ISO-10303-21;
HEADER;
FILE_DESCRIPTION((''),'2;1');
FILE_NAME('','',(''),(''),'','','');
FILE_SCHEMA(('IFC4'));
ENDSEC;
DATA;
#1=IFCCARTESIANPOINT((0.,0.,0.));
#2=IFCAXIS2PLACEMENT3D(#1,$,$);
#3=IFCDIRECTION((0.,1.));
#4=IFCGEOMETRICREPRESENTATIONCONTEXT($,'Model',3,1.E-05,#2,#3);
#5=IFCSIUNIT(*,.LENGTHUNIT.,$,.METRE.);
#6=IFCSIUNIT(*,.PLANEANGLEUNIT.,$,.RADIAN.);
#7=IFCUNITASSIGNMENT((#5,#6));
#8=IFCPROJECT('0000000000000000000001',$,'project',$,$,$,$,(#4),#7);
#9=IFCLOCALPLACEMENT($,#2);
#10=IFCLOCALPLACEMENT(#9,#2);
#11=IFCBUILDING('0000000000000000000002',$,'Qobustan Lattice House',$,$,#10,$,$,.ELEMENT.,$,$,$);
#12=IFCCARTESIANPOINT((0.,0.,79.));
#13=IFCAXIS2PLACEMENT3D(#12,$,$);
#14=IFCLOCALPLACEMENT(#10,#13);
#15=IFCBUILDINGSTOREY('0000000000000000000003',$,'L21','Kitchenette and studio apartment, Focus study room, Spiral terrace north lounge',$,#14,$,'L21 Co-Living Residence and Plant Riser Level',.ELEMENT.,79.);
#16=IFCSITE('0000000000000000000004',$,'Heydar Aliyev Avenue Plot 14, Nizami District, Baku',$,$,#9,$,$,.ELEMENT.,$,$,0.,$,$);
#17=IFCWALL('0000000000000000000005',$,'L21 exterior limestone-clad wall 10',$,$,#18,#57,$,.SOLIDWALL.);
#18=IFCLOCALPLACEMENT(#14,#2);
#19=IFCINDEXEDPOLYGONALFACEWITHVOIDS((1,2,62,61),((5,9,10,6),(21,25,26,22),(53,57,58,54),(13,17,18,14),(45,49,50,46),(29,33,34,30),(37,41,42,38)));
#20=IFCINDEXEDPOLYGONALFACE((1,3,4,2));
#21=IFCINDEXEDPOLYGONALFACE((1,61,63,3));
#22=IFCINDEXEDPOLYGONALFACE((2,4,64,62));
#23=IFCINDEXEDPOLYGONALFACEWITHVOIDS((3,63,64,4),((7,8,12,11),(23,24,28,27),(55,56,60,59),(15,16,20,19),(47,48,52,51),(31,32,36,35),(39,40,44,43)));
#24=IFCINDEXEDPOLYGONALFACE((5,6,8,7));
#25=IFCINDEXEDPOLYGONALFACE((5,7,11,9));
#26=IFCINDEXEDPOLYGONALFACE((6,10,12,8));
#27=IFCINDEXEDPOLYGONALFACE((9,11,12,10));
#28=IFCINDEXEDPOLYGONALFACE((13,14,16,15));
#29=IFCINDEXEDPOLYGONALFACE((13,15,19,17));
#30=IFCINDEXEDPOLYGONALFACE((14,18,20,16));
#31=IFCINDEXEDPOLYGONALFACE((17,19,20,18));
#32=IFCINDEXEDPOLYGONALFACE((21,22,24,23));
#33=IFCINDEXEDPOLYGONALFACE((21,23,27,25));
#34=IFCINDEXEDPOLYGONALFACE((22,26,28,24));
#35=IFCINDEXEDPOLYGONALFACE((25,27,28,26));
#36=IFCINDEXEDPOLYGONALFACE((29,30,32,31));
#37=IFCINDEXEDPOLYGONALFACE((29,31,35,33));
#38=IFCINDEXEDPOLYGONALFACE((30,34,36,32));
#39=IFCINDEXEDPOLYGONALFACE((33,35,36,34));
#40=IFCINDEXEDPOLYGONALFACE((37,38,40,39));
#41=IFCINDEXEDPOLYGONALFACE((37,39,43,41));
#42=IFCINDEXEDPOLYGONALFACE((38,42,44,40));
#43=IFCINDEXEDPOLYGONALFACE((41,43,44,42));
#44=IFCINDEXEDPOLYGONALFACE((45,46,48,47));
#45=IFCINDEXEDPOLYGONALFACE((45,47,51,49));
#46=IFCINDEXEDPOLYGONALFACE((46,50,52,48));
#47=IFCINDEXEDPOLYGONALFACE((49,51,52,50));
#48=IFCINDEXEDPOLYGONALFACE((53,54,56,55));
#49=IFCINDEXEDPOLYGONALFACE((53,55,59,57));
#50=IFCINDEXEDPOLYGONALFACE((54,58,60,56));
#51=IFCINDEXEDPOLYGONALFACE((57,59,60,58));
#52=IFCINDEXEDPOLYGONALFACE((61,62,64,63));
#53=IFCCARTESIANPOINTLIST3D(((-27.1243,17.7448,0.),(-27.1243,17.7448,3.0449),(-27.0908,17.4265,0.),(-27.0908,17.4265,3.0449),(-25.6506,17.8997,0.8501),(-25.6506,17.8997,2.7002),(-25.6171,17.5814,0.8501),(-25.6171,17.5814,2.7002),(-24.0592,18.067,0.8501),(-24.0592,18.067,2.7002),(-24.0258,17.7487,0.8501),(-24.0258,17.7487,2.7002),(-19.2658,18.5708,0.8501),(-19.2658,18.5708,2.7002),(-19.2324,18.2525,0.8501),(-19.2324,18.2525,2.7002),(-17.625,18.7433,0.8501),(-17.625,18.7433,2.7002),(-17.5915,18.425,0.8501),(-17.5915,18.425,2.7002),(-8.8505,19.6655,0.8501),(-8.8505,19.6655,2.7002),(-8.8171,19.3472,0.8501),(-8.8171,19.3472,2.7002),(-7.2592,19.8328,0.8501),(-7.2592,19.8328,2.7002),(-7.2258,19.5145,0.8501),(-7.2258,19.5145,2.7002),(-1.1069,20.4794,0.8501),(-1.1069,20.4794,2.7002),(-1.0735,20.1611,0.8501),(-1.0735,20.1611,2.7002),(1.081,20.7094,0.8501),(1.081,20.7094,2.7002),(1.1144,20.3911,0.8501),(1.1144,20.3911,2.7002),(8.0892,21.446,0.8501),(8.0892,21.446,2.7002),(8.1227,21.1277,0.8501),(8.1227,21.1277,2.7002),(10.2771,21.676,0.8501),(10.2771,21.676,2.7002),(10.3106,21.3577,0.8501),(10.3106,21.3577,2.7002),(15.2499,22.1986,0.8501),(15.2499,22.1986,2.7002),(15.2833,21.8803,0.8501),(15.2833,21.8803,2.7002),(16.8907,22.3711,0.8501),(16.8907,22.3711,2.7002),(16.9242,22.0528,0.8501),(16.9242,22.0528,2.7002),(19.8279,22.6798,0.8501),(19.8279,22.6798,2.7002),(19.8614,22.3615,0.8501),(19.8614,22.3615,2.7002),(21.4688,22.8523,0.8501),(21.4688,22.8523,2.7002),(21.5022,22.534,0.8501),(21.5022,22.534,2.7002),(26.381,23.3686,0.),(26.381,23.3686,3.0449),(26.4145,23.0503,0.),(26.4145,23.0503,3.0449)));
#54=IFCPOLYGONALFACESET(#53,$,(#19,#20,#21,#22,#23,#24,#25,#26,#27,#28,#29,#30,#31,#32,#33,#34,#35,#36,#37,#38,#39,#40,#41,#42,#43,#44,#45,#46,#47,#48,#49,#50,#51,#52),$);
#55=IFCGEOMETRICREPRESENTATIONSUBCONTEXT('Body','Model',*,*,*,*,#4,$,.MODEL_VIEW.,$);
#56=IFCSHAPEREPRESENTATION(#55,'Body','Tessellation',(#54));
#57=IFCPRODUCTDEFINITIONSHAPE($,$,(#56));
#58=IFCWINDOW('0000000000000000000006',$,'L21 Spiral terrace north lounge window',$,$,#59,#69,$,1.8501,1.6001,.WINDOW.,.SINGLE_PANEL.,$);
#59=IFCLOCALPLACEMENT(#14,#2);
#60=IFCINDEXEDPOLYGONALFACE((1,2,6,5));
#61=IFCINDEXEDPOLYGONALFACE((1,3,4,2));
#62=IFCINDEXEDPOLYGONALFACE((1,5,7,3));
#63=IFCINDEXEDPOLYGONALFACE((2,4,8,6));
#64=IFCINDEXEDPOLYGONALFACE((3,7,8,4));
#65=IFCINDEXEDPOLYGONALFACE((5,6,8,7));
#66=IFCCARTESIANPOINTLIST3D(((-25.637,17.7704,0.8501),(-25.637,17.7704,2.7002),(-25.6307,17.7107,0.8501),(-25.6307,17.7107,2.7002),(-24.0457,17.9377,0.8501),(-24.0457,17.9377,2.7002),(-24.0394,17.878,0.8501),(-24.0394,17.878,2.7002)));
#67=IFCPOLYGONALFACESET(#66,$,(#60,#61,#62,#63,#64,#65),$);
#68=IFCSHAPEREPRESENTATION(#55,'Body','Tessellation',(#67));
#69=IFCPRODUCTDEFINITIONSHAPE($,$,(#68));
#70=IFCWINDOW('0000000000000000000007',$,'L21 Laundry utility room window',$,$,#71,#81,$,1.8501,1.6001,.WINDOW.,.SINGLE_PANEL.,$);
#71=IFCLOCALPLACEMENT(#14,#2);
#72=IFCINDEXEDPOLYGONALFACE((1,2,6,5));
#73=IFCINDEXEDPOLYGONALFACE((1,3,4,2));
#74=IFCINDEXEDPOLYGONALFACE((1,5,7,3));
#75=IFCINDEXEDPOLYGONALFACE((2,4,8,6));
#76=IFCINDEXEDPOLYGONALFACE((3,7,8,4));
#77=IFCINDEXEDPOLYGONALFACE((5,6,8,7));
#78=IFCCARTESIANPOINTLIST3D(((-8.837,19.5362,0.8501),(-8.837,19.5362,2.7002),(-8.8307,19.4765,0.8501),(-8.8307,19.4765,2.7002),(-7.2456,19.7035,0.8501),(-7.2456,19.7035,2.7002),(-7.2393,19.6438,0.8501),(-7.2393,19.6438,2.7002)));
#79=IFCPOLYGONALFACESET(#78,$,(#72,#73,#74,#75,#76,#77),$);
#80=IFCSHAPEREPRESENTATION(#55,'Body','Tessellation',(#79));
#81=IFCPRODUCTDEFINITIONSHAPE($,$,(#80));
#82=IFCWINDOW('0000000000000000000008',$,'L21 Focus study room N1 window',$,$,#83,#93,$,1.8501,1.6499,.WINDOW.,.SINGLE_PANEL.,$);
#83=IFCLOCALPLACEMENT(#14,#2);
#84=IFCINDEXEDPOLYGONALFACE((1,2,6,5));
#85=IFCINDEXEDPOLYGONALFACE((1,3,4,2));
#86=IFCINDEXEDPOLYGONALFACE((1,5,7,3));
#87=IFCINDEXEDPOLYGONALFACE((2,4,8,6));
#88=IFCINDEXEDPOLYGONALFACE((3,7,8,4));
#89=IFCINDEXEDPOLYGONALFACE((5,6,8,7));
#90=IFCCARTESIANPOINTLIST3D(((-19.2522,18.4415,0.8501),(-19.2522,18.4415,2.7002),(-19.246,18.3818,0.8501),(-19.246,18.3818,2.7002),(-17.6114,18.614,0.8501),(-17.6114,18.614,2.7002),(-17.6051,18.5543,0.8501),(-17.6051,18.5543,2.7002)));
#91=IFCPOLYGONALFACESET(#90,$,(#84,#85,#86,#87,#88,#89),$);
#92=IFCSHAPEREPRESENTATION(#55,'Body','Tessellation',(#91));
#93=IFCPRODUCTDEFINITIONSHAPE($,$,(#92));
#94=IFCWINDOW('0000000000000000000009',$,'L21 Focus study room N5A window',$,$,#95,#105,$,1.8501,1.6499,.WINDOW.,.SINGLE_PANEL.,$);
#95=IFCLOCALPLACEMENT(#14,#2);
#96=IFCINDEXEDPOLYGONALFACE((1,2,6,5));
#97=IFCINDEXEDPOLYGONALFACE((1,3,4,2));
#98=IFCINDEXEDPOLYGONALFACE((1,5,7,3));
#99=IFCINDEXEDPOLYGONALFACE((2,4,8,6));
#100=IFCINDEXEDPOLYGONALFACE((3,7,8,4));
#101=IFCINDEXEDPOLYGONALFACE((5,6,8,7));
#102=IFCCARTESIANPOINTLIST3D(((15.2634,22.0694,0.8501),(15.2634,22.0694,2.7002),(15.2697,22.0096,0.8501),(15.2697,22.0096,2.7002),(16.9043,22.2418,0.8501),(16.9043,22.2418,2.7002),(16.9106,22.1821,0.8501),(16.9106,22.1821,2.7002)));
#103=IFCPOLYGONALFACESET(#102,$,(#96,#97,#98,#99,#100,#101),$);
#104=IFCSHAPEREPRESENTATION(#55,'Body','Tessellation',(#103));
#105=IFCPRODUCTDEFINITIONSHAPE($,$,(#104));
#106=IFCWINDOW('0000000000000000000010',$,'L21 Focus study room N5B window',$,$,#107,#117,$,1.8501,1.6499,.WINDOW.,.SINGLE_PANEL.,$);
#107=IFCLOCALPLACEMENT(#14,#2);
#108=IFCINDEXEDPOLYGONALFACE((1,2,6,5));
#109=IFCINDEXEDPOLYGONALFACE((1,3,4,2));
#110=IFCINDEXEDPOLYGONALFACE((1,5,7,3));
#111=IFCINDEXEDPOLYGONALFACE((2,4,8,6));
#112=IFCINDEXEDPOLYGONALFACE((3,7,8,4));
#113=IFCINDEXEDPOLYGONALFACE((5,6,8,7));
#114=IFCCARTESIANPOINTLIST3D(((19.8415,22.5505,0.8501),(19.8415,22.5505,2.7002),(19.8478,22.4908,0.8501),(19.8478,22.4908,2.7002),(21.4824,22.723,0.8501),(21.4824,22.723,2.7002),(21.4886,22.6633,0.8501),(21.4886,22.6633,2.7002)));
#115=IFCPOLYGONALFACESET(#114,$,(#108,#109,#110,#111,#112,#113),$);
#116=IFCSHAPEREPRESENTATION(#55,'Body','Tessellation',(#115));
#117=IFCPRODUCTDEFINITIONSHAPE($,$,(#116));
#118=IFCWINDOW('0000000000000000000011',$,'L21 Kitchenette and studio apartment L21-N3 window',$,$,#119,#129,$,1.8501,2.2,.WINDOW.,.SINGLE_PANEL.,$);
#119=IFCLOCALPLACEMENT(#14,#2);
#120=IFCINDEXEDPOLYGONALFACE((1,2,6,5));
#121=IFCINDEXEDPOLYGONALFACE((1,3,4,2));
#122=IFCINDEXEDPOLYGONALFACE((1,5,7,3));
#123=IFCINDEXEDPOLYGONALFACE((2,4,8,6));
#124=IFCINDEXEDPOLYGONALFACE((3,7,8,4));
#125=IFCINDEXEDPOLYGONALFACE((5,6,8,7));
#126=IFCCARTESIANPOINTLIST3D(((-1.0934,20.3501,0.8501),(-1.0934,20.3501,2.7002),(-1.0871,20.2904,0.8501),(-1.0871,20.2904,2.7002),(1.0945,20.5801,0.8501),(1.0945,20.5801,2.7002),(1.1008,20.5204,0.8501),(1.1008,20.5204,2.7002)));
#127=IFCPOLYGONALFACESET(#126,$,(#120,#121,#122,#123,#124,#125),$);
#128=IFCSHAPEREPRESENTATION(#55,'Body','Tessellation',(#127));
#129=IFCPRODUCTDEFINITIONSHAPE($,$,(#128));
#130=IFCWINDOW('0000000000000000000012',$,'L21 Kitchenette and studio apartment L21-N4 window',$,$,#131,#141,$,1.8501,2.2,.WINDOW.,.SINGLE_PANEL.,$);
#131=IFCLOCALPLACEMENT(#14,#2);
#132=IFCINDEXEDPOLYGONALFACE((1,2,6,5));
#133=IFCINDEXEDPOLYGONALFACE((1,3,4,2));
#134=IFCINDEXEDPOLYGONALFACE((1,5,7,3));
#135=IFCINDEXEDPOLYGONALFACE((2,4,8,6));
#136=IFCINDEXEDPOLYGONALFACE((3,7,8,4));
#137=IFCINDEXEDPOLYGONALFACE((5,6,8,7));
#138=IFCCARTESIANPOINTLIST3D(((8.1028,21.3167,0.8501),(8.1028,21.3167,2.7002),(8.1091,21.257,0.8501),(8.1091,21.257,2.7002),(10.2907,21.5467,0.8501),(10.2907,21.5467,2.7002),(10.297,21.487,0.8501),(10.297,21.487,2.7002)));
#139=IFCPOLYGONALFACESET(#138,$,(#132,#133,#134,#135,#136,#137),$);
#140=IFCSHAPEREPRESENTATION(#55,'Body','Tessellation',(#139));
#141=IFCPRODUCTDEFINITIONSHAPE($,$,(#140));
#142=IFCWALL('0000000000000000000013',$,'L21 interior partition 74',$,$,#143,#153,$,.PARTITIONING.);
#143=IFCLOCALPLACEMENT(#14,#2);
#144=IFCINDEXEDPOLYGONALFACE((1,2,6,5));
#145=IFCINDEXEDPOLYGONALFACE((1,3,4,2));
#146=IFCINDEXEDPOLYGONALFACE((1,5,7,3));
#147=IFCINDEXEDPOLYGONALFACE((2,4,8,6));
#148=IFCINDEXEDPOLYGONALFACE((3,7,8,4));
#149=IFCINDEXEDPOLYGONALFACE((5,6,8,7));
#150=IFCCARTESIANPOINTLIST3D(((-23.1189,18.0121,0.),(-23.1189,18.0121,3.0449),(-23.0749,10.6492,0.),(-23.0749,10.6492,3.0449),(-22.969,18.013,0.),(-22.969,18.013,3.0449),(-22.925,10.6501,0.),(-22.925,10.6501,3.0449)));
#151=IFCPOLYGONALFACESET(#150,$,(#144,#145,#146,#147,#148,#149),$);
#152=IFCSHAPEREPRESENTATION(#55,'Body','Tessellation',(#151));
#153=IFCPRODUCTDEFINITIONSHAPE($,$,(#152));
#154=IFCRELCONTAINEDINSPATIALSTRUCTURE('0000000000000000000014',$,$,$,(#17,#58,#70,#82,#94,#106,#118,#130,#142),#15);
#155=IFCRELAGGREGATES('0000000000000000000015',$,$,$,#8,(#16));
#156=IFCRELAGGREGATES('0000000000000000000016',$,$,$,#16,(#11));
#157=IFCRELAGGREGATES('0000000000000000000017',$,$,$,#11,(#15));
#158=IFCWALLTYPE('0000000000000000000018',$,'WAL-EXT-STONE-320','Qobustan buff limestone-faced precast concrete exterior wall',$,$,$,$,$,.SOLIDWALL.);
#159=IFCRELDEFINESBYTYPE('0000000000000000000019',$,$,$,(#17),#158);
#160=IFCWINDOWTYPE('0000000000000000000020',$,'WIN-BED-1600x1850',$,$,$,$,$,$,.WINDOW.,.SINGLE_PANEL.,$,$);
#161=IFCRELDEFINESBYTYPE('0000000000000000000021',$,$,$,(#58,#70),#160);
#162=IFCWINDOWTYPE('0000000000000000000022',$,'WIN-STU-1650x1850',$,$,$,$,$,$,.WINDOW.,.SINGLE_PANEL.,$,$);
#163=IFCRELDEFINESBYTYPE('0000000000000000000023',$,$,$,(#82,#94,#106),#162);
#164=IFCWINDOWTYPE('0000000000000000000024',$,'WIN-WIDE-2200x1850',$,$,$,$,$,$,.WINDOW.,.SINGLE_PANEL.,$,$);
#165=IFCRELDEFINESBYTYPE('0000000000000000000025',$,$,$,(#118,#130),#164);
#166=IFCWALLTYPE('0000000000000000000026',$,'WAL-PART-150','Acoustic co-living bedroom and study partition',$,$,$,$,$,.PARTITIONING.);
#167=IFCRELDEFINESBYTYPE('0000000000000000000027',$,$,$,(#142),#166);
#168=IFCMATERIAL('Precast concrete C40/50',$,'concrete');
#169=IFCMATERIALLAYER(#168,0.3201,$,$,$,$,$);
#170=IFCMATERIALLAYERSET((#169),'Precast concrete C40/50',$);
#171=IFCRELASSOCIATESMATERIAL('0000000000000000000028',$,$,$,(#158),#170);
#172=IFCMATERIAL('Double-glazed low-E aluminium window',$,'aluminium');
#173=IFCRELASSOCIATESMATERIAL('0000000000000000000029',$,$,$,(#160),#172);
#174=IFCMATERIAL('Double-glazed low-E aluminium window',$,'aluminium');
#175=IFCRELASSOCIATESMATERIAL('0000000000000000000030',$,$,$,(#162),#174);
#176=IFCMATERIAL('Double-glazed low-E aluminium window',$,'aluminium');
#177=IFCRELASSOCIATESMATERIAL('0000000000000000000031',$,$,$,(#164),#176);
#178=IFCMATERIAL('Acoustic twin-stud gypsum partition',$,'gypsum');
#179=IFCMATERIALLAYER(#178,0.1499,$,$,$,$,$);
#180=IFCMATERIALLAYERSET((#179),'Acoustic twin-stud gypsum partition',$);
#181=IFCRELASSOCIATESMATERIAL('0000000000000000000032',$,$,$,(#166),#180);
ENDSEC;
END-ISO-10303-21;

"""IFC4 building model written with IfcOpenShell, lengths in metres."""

from ifc_helpers import new_model, si_unit, direction, frame, frame_2d, origin, place, context, subcontext, project, spatial, rectangle, extrude, material, layer, layer_set, type_object, element, fill, save


model = new_model("IFC4")

# Units and contexts
model_context = context("Model", 3, precision=1e-05, world=origin(), true_north=direction((0.0, 1.0)))
body_context = subcontext(model_context, "Body", "Model", "MODEL_VIEW")
ifc_project = project(units=[si_unit("LENGTHUNIT", "METRE"), si_unit("PLANEANGLEUNIT", "RADIAN")], contexts=[model_context])

# Site, building, storey
site_placement = place(None, origin())
site = spatial("IfcSite", under=ifc_project, at=site_placement, Name="Heydar Aliyev Avenue Plot 14, Nizami District, Baku", CompositionType="ELEMENT", RefElevation=0.0)
building_placement = place(site_placement, origin())
building = spatial("IfcBuilding", under=site, at=building_placement, Name="Qobustan Lattice House", CompositionType="ELEMENT")
storey_placement = place(building_placement, frame((0.0, 0.0, 79.0)))
storey = spatial("IfcBuildingStorey", under=building, at=storey_placement, Name="L21", Description="Kitchenette and studio apartment, Focus study room, Spiral terrace north lounge", LongName="L21 Co-Living Residence and Plant Riser Level", CompositionType="ELEMENT", Elevation=79.0)

# Shared definitions
ifc_material_1 = material(Name="Precast concrete C40/50", Category="concrete")
ifc_layer_1 = layer(ifc_material_1, 0.3201)
ifc_layer_set_1 = layer_set([ifc_layer_1], Name="Precast concrete C40/50")
wall_type_1 = type_object("IfcWallType", Name="WAL-EXT-STONE-320", Description="Qobustan buff limestone-faced precast concrete exterior wall", PredefinedType="SOLIDWALL", material=ifc_layer_set_1)

# Wall, openings, windows
wall_1_placement = place(storey_placement, frame((-27.1074, 17.5857, 0.0), z_axis=(0.0, 0.0, 1.0), x_axis=(0.994522, 0.104531, 0.0)))
wall_1 = element("IfcWall", 1, at=wall_1_placement, inside=storey, type_object=wall_type_1, Name="L21 exterior limestone-clad wall 10", PredefinedType="SOLIDWALL", context=body_context, shape_type="SweptSolid", body=[
    extrude(rectangle(XDim=53.8, YDim=0.3201, at=frame_2d((26.8999, 0.0))), origin(), (0.0, 0.0, 1.0), 3.0449),
])
opening_1_placement = place(wall_1_placement, frame((1.4817, 0.0, 0.8501)))
opening_1 = element("IfcOpeningElement", 2, at=opening_1_placement, cuts=wall_1, PredefinedType="OPENING", context=body_context, shape_type="SweptSolid", body=[
    extrude(rectangle(XDim=1.6001, YDim=1.8501, at=frame_2d((0.8, 0.925))), frame((0.0, 0.1699, 0.0), z_axis=(0.0, -1.0, 0.0), x_axis=(1.0, 0.0, 0.0)), (0.0, 0.0, 1.0), 0.3401),
])
opening_2_placement = place(wall_1_placement, frame((7.9016, 0.0, 0.8501)))
opening_2 = element("IfcOpeningElement", 3, at=opening_2_placement, cuts=wall_1, PredefinedType="OPENING", context=body_context, shape_type="SweptSolid", body=[
    extrude(rectangle(XDim=1.6499, YDim=1.8501, at=frame_2d((0.825, 0.925))), frame((0.0, 0.1699, 0.0), z_axis=(0.0, -1.0, 0.0), x_axis=(1.0, 0.0, 0.0)), (0.0, 0.0, 1.0), 0.3401),
])
opening_3_placement = place(wall_1_placement, frame((18.3743, 0.0, 0.8501)))
opening_3 = element("IfcOpeningElement", 4, at=opening_3_placement, cuts=wall_1, PredefinedType="OPENING", context=body_context, shape_type="SweptSolid", body=[
    extrude(rectangle(XDim=1.6001, YDim=1.8501, at=frame_2d((0.8, 0.925))), frame((0.0, 0.1699, 0.0), z_axis=(0.0, -1.0, 0.0), x_axis=(1.0, 0.0, 0.0)), (0.0, 0.0, 1.0), 0.3401),
])
opening_4_placement = place(wall_1_placement, frame((26.1604, 0.0, 0.8501)))
opening_4 = element("IfcOpeningElement", 5, at=opening_4_placement, cuts=wall_1, PredefinedType="OPENING", context=body_context, shape_type="SweptSolid", body=[
    extrude(rectangle(XDim=2.2, YDim=1.8501, at=frame_2d((1.1001, 0.925))), frame((0.0, 0.1699, 0.0), z_axis=(0.0, -1.0, 0.0), x_axis=(1.0, 0.0, 0.0)), (0.0, 0.0, 1.0), 0.3401),
])
opening_5_placement = place(wall_1_placement, frame((35.4072, 0.0, 0.8501)))
opening_5 = element("IfcOpeningElement", 6, at=opening_5_placement, cuts=wall_1, PredefinedType="OPENING", context=body_context, shape_type="SweptSolid", body=[
    extrude(rectangle(XDim=2.2, YDim=1.8501, at=frame_2d((1.1001, 0.925))), frame((0.0, 0.1699, 0.0), z_axis=(0.0, -1.0, 0.0), x_axis=(1.0, 0.0, 0.0)), (0.0, 0.0, 1.0), 0.3401),
])
opening_6_placement = place(wall_1_placement, frame((42.6074, 0.0, 0.8501)))
opening_6 = element("IfcOpeningElement", 7, at=opening_6_placement, cuts=wall_1, PredefinedType="OPENING", context=body_context, shape_type="SweptSolid", body=[
    extrude(rectangle(XDim=1.6499, YDim=1.8501, at=frame_2d((0.825, 0.925))), frame((0.0, 0.1699, 0.0), z_axis=(0.0, -1.0, 0.0), x_axis=(1.0, 0.0, 0.0)), (0.0, 0.0, 1.0), 0.3401),
])
opening_7_placement = place(wall_1_placement, frame((47.2107, 0.0, 0.8501)))
opening_7 = element("IfcOpeningElement", 8, at=opening_7_placement, cuts=wall_1, PredefinedType="OPENING", context=body_context, shape_type="SweptSolid", body=[
    extrude(rectangle(XDim=1.6499, YDim=1.8501, at=frame_2d((0.825, 0.925))), frame((0.0, 0.1699, 0.0), z_axis=(0.0, -1.0, 0.0), x_axis=(1.0, 0.0, 0.0)), (0.0, 0.0, 1.0), 0.3401),
])
ifc_material_2 = material(Name="Double-glazed low-E aluminium window", Category="aluminium")
window_type_1 = type_object("IfcWindowType", Name="WIN-BED-1600x1850", PartitioningType="SINGLE_PANEL", PredefinedType="WINDOW", material=ifc_material_2)
window_1_placement = place(opening_1_placement, origin())
window_1 = element("IfcWindow", 9, at=window_1_placement, inside=storey, type_object=window_type_1, Name="L21 Spiral terrace north lounge window", OverallHeight=1.8501, OverallWidth=1.6001, PartitioningType="SINGLE_PANEL", PredefinedType="WINDOW", context=body_context, shape_type="SweptSolid", body=[
    extrude(rectangle(XDim=1.6001, YDim=1.8501, at=frame_2d((0.8, 0.925))), frame((0.0, 0.03, 0.0), z_axis=(0.0, -1.0, 0.0), x_axis=(1.0, 0.0, 0.0)), (0.0, 0.0, 1.0), 0.0601),
])
fill(opening_1, window_1)
window_2_placement = place(opening_3_placement, origin())
window_2 = element("IfcWindow", 10, at=window_2_placement, inside=storey, type_object=window_type_1, Name="L21 Laundry utility room window", OverallHeight=1.8501, OverallWidth=1.6001, PartitioningType="SINGLE_PANEL", PredefinedType="WINDOW", context=body_context, shape_type="SweptSolid", body=[
    extrude(rectangle(XDim=1.6001, YDim=1.8501, at=frame_2d((0.8, 0.925))), frame((0.0, 0.03, 0.0), z_axis=(0.0, -1.0, 0.0), x_axis=(1.0, 0.0, 0.0)), (0.0, 0.0, 1.0), 0.0601),
])
fill(opening_3, window_2)
ifc_material_3 = material(Name="Double-glazed low-E aluminium window", Category="aluminium")
window_type_2 = type_object("IfcWindowType", Name="WIN-STU-1650x1850", PartitioningType="SINGLE_PANEL", PredefinedType="WINDOW", material=ifc_material_3)
window_3_placement = place(opening_2_placement, origin())
window_3 = element("IfcWindow", 11, at=window_3_placement, inside=storey, type_object=window_type_2, Name="L21 Focus study room N1 window", OverallHeight=1.8501, OverallWidth=1.6499, PartitioningType="SINGLE_PANEL", PredefinedType="WINDOW", context=body_context, shape_type="SweptSolid", body=[
    extrude(rectangle(XDim=1.6499, YDim=1.8501, at=frame_2d((0.825, 0.925))), frame((0.0, 0.03, 0.0), z_axis=(0.0, -1.0, 0.0), x_axis=(1.0, 0.0, 0.0)), (0.0, 0.0, 1.0), 0.0601),
])
fill(opening_2, window_3)
window_4_placement = place(opening_6_placement, origin())
window_4 = element("IfcWindow", 12, at=window_4_placement, inside=storey, type_object=window_type_2, Name="L21 Focus study room N5A window", OverallHeight=1.8501, OverallWidth=1.6499, PartitioningType="SINGLE_PANEL", PredefinedType="WINDOW", context=body_context, shape_type="SweptSolid", body=[
    extrude(rectangle(XDim=1.6499, YDim=1.8501, at=frame_2d((0.825, 0.925))), frame((0.0, 0.03, 0.0), z_axis=(0.0, -1.0, 0.0), x_axis=(1.0, 0.0, 0.0)), (0.0, 0.0, 1.0), 0.0601),
])
fill(opening_6, window_4)
window_5_placement = place(opening_7_placement, origin())
window_5 = element("IfcWindow", 13, at=window_5_placement, inside=storey, type_object=window_type_2, Name="L21 Focus study room N5B window", OverallHeight=1.8501, OverallWidth=1.6499, PartitioningType="SINGLE_PANEL", PredefinedType="WINDOW", context=body_context, shape_type="SweptSolid", body=[
    extrude(rectangle(XDim=1.6499, YDim=1.8501, at=frame_2d((0.825, 0.925))), frame((0.0, 0.03, 0.0), z_axis=(0.0, -1.0, 0.0), x_axis=(1.0, 0.0, 0.0)), (0.0, 0.0, 1.0), 0.0601),
])
fill(opening_7, window_5)
ifc_material_4 = material(Name="Double-glazed low-E aluminium window", Category="aluminium")
window_type_3 = type_object("IfcWindowType", Name="WIN-WIDE-2200x1850", PartitioningType="SINGLE_PANEL", PredefinedType="WINDOW", material=ifc_material_4)
window_6_placement = place(opening_4_placement, origin())
window_6 = element("IfcWindow", 14, at=window_6_placement, inside=storey, type_object=window_type_3, Name="L21 Kitchenette and studio apartment L21-N3 window", OverallHeight=1.8501, OverallWidth=2.2, PartitioningType="SINGLE_PANEL", PredefinedType="WINDOW", context=body_context, shape_type="SweptSolid", body=[
    extrude(rectangle(XDim=2.2, YDim=1.8501, at=frame_2d((1.1001, 0.925))), frame((0.0, 0.03, 0.0), z_axis=(0.0, -1.0, 0.0), x_axis=(1.0, 0.0, 0.0)), (0.0, 0.0, 1.0), 0.0601),
])
fill(opening_4, window_6)
window_7_placement = place(opening_5_placement, origin())
window_7 = element("IfcWindow", 15, at=window_7_placement, inside=storey, type_object=window_type_3, Name="L21 Kitchenette and studio apartment L21-N4 window", OverallHeight=1.8501, OverallWidth=2.2, PartitioningType="SINGLE_PANEL", PredefinedType="WINDOW", context=body_context, shape_type="SweptSolid", body=[
    extrude(rectangle(XDim=2.2, YDim=1.8501, at=frame_2d((1.1001, 0.925))), frame((0.0, 0.03, 0.0), z_axis=(0.0, -1.0, 0.0), x_axis=(1.0, 0.0, 0.0)), (0.0, 0.0, 1.0), 0.0601),
])
fill(opening_5, window_7)

# Wall
ifc_material_5 = material(Name="Acoustic twin-stud gypsum partition", Category="gypsum")
ifc_layer_2 = layer(ifc_material_5, 0.1499)
ifc_layer_set_2 = layer_set([ifc_layer_2], Name="Acoustic twin-stud gypsum partition")
wall_type_2 = type_object("IfcWallType", Name="WAL-PART-150", Description="Acoustic co-living bedroom and study partition", PredefinedType="PARTITIONING", material=ifc_layer_set_2)
wall_2_placement = place(storey_placement, frame((-23.0439, 18.0127, 0.0), z_axis=(0.0, 0.0, 1.0), x_axis=(0.005968, -0.999982, 0.0)))
element("IfcWall", 16, at=wall_2_placement, inside=storey, type_object=wall_type_2, Name="L21 interior partition 74", PredefinedType="PARTITIONING", context=body_context, shape_type="SweptSolid", body=[
    extrude(rectangle(XDim=7.363, YDim=0.1499, at=frame_2d((3.6816, 0.0))), origin(), (0.0, 0.0, 1.0), 3.0449),
])

save(model, "model.ifc")
